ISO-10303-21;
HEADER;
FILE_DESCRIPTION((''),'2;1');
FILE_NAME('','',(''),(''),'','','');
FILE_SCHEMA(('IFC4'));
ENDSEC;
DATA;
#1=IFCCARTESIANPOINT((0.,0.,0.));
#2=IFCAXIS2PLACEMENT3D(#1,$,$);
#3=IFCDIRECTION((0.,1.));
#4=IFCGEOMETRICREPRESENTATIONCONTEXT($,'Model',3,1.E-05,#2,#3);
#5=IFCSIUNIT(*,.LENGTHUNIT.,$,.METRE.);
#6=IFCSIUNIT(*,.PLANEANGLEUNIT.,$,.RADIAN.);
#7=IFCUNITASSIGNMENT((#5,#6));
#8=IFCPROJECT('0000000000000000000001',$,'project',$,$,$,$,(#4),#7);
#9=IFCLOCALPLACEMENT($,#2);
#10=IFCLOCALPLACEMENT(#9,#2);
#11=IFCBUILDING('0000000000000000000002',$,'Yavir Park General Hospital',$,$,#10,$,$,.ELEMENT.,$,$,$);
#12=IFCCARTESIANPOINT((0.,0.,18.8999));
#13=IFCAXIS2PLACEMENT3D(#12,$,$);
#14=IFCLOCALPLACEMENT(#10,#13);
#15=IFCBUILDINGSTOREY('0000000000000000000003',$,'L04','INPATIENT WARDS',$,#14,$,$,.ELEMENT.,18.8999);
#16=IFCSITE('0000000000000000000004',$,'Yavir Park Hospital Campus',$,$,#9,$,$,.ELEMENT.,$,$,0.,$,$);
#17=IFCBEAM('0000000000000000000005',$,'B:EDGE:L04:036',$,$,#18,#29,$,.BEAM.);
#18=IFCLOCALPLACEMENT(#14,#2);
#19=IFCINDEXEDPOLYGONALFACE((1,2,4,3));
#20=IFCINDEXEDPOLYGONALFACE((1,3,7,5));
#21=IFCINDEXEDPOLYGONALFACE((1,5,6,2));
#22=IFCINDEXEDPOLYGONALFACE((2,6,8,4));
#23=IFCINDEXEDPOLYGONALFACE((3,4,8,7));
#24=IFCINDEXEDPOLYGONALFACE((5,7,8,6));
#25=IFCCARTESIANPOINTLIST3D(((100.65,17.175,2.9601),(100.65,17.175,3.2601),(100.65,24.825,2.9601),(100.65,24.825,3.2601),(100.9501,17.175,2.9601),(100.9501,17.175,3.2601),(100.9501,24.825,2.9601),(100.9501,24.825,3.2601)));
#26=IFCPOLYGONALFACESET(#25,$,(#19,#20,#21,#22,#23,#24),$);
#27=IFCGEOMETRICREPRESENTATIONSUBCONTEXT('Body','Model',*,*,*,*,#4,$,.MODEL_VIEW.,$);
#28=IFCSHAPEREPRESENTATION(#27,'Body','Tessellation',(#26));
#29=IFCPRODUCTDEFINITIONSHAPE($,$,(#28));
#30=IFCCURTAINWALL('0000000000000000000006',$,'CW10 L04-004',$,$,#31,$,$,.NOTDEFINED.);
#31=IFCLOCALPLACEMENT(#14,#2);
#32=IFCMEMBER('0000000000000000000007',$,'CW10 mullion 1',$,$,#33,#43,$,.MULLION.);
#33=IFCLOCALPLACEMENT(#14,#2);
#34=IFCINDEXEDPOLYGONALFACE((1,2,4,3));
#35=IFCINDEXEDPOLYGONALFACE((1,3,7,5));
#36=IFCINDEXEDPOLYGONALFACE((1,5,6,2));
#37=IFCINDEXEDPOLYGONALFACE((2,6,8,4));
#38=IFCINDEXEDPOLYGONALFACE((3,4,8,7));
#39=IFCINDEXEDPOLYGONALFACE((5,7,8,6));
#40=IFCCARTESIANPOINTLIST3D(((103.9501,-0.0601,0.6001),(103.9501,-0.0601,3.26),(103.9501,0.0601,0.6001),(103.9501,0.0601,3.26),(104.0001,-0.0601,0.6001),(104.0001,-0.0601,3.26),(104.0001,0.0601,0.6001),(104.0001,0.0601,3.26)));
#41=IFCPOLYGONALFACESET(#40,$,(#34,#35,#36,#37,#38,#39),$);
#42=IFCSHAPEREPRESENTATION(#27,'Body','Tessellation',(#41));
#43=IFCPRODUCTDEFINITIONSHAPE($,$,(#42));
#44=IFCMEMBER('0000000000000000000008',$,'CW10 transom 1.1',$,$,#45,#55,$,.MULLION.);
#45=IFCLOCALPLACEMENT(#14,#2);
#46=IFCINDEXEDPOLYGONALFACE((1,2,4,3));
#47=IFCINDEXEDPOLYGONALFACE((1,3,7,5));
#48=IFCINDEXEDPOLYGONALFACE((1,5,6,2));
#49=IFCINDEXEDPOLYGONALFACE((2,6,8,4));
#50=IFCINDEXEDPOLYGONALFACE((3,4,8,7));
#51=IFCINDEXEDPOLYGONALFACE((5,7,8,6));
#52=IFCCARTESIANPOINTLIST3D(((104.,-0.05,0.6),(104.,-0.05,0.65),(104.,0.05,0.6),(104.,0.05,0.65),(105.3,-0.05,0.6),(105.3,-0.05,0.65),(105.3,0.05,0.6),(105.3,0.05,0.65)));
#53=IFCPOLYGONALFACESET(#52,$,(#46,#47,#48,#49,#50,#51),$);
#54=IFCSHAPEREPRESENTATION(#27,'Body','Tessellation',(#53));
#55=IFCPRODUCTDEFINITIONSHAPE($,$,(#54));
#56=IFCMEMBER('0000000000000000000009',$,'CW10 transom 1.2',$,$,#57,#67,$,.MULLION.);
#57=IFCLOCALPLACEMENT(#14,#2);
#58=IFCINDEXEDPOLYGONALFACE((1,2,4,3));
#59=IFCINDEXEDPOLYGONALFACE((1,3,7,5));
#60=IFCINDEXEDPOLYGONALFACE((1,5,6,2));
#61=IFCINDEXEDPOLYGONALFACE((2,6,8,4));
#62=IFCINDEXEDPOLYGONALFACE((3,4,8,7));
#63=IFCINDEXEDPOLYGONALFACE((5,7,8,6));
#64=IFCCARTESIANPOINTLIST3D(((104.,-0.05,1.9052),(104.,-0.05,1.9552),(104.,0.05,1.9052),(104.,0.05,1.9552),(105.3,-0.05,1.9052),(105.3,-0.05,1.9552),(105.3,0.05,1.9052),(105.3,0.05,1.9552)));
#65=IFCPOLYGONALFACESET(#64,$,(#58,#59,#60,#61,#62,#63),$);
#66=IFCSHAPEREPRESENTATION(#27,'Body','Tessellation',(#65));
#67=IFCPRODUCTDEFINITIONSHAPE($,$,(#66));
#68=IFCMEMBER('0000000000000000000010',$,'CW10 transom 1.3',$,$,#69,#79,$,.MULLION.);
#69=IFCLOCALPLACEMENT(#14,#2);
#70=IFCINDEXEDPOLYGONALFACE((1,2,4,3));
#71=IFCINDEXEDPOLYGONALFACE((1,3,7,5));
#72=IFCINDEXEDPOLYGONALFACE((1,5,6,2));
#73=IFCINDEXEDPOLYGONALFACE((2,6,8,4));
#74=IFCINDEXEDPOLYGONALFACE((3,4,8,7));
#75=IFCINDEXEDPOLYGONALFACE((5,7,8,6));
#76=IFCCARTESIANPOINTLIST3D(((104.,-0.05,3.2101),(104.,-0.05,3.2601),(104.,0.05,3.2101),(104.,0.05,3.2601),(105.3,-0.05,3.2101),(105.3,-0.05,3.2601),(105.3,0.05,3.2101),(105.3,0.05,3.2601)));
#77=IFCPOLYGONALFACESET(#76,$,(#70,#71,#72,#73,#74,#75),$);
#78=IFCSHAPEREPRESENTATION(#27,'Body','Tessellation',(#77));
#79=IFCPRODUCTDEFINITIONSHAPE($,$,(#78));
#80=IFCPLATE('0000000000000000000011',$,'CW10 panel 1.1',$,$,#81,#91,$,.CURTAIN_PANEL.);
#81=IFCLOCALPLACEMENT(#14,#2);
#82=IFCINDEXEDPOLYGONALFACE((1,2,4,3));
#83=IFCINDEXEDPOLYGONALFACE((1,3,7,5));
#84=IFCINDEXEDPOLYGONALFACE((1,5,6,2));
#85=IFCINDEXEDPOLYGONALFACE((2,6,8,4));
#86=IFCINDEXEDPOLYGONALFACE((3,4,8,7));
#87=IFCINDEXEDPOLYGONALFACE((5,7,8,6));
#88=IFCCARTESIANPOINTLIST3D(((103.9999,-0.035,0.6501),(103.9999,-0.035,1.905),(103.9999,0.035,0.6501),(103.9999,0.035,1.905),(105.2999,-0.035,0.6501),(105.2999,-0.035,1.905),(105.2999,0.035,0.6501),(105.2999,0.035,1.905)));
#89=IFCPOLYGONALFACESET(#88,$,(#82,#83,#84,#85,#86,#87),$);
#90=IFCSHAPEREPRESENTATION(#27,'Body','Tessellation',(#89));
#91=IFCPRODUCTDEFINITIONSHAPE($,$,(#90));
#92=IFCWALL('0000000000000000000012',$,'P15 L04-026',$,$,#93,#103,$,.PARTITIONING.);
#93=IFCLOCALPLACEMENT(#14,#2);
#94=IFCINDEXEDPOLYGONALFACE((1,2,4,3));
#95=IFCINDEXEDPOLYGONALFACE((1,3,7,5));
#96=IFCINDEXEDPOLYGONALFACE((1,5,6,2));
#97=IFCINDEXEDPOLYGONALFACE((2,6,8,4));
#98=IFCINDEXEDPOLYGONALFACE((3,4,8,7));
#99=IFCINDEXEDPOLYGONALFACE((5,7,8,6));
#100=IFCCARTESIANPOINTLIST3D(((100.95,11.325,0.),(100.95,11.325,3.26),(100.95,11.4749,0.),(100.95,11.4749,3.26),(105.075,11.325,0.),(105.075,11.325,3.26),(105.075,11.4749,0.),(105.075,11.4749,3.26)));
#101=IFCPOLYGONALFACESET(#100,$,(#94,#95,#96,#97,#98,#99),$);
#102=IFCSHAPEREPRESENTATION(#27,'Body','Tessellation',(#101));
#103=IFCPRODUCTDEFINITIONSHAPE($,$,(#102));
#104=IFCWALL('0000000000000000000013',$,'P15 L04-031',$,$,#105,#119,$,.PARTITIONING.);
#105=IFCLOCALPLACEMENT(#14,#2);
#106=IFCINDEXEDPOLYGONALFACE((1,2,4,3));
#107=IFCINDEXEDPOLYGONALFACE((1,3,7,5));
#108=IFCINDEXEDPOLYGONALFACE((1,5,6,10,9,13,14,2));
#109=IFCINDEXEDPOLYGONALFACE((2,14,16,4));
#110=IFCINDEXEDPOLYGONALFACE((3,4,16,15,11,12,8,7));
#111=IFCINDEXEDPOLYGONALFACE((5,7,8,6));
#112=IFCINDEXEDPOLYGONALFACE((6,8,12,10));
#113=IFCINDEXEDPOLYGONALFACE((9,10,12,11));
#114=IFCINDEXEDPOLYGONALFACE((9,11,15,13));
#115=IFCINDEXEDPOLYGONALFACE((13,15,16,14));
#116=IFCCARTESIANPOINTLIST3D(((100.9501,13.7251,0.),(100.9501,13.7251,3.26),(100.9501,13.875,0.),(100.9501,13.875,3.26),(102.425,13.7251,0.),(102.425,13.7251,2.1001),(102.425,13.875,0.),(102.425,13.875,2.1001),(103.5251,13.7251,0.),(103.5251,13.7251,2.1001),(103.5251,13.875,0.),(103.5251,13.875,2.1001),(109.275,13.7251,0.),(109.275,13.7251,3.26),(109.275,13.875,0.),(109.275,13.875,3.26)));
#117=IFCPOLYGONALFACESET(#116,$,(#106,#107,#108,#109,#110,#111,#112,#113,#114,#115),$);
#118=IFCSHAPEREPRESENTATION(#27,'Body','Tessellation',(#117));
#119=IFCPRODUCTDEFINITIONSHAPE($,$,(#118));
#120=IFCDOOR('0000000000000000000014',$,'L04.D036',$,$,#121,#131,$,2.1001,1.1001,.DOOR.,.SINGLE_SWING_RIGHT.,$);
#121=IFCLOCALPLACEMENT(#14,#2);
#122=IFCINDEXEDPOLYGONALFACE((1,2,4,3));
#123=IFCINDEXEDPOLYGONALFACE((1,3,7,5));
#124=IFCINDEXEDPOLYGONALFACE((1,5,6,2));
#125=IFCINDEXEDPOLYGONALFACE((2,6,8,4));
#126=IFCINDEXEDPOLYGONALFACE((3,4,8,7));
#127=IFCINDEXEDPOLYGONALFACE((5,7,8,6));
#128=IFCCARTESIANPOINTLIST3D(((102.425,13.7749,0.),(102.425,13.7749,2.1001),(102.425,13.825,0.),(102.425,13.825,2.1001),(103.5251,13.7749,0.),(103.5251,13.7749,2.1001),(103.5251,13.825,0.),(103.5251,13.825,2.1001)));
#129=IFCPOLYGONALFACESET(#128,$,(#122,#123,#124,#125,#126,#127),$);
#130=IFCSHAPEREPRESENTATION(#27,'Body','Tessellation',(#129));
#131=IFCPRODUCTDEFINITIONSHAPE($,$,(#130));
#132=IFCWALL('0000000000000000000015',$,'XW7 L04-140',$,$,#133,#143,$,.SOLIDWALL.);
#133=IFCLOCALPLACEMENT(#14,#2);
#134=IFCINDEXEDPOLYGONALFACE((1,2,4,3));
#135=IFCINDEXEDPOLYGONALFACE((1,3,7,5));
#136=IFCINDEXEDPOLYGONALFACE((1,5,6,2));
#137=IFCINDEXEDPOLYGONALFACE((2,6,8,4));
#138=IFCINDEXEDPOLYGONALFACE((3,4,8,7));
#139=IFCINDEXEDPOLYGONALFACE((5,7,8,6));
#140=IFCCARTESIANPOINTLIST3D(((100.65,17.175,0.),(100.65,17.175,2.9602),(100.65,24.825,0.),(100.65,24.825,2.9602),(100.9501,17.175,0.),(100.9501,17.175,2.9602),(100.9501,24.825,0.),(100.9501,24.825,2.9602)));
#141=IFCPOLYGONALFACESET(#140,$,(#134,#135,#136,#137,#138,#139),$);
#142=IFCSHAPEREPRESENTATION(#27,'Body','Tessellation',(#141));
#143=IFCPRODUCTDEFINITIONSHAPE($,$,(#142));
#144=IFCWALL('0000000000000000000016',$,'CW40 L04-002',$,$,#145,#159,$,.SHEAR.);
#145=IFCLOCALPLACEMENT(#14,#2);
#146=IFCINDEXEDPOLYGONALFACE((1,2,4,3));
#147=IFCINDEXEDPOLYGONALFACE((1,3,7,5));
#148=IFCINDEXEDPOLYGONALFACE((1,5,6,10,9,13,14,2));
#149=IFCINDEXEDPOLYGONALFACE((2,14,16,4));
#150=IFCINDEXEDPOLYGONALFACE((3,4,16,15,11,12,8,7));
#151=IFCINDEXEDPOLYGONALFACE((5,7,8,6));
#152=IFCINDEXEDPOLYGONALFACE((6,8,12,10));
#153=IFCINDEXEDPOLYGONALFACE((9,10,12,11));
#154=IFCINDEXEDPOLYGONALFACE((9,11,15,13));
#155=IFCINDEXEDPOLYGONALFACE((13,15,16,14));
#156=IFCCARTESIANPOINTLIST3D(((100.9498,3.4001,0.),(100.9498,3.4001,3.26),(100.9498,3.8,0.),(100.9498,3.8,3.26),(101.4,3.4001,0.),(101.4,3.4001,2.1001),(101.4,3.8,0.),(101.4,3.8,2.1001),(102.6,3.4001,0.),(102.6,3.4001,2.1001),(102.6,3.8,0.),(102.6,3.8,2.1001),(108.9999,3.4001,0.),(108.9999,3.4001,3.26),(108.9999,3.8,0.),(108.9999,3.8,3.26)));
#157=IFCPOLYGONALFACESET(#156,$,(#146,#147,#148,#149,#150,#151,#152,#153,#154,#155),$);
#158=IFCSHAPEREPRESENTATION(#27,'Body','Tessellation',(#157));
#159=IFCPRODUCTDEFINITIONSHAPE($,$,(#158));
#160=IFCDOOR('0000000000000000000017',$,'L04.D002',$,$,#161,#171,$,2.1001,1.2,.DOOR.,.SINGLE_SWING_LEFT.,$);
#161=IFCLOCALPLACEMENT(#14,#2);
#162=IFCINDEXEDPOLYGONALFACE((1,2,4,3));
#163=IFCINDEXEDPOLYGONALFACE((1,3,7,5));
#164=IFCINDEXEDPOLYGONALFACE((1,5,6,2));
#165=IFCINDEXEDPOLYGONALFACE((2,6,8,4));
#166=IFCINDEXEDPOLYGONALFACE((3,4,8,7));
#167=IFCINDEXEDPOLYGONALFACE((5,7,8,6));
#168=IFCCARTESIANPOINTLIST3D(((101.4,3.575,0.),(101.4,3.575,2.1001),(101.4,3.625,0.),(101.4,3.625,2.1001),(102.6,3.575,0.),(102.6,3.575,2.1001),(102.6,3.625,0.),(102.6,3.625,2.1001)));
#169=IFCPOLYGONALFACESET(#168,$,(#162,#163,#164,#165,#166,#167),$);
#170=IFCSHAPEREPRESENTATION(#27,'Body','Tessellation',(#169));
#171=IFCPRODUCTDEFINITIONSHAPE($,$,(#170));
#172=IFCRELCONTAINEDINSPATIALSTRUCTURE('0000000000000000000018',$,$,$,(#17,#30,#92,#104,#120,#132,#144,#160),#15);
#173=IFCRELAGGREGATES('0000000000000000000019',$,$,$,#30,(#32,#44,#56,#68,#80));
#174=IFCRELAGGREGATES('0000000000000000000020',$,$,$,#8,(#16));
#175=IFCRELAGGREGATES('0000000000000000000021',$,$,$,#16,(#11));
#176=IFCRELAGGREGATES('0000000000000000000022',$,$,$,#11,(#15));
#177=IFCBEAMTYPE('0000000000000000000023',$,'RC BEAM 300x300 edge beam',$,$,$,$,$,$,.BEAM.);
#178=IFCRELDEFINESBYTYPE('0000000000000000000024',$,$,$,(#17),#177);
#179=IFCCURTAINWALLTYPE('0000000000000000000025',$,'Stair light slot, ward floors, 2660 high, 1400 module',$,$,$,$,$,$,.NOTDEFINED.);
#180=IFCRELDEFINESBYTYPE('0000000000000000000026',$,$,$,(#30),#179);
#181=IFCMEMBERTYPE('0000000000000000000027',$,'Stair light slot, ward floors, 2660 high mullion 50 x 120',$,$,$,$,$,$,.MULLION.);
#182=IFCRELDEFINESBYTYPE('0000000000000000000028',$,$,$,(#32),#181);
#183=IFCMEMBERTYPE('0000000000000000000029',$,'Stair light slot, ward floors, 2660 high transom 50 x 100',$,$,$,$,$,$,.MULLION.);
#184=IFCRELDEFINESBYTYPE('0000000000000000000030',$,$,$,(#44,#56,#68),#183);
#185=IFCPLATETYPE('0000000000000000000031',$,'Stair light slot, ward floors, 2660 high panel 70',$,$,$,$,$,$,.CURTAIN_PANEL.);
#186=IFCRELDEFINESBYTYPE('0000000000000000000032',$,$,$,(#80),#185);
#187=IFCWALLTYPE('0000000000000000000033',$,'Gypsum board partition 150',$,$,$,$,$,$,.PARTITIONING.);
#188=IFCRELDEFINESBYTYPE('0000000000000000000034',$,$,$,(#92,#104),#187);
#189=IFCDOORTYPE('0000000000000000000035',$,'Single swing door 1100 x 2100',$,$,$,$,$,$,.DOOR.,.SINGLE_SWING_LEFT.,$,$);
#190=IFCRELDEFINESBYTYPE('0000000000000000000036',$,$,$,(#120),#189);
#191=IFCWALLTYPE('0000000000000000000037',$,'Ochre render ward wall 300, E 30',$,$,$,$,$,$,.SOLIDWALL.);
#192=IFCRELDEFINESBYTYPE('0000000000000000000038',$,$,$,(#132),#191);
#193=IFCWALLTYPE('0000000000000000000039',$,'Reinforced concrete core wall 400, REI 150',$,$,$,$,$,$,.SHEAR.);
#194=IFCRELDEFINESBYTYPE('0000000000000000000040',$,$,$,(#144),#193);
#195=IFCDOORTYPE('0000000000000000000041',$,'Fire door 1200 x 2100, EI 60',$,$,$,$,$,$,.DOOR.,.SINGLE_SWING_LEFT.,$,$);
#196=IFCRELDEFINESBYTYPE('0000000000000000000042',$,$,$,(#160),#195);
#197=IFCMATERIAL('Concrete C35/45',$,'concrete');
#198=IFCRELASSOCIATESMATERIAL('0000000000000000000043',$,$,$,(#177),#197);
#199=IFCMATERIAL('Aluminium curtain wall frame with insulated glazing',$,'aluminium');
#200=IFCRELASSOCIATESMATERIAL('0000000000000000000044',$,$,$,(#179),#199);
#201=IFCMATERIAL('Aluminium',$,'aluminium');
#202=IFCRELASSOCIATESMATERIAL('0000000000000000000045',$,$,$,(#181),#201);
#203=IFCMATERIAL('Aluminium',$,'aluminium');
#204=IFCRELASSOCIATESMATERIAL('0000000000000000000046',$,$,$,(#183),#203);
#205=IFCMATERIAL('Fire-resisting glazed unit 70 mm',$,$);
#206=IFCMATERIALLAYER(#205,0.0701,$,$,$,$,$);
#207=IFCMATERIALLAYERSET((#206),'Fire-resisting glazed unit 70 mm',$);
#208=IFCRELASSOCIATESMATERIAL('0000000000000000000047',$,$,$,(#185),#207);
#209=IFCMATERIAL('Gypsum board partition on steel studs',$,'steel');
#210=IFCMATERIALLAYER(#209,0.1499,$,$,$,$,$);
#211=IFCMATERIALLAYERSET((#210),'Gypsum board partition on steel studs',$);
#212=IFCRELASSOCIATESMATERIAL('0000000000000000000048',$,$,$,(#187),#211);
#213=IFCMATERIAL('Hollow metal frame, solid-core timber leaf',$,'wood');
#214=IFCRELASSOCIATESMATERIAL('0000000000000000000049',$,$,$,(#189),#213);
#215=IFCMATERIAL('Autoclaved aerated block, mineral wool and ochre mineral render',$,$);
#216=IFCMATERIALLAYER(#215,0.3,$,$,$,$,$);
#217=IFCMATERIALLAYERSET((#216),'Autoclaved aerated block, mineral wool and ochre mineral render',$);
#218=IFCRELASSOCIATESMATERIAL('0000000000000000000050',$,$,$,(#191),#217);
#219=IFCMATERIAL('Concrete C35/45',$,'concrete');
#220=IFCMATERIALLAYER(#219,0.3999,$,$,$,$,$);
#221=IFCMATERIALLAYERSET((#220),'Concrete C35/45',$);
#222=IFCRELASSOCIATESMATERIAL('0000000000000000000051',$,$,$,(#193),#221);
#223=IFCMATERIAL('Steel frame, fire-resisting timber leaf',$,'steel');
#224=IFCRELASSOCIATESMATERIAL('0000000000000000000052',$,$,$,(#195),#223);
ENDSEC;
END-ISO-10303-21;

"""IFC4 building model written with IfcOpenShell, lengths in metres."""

from ifc_helpers import new_model, si_unit, direction, frame, frame_2d, origin, origin_2d, place, context, subcontext, project, spatial, rectangle, extrude, material, layer, layer_set, material_profile, profile_set, type_object, element, fill, aggregate, save


model = new_model("IFC4")

# Units and contexts
model_context = context("Model", 3, precision=1e-05, world=origin(), true_north=direction((0.0, 1.0)))
body_context = subcontext(model_context, "Body", "Model", "MODEL_VIEW")
ifc_project = project(units=[si_unit("LENGTHUNIT", "METRE"), si_unit("PLANEANGLEUNIT", "RADIAN")], contexts=[model_context])

# Site, building, storey
site_placement = place(None, origin())
site = spatial("IfcSite", under=ifc_project, at=site_placement, Name="Yavir Park Hospital Campus", CompositionType="ELEMENT", RefElevation=0.0)
building_placement = place(site_placement, origin())
building = spatial("IfcBuilding", under=site, at=building_placement, Name="Yavir Park General Hospital", CompositionType="ELEMENT")
storey_placement = place(building_placement, frame((0.0, 0.0, 18.8999)))
storey = spatial("IfcBuildingStorey", under=building, at=storey_placement, Name="L04", Description="INPATIENT WARDS", CompositionType="ELEMENT", Elevation=18.8999)

# Beam
ifc_material_1 = material(Name="Concrete C35/45", Category="concrete")
ifc_material_profile_1 = material_profile(ifc_material_1, rectangle(XDim=0.3, YDim=0.3, at=origin_2d()), Name="RC300x300")
ifc_profile_set_1 = profile_set([ifc_material_profile_1], Name="Concrete C35/45")
beam_type = type_object("IfcBeamType", Name="RC BEAM 300x300 edge beam", PredefinedType="BEAM", material=ifc_profile_set_1)
beam_placement = place(storey_placement, frame((100.8, 17.175, 3.1101), z_axis=(0.0, 1.0, 0.0), x_axis=(-1.0, 0.0, 0.0)))
element("IfcBeam", 1, at=beam_placement, inside=storey, type_object=beam_type, Name="B:EDGE:L04:036", PredefinedType="BEAM", context=body_context, shape_type="SweptSolid", body=[
    extrude(rectangle(XDim=0.3, YDim=0.3, at=origin_2d()), origin(), (0.0, 0.0, 1.0), 7.6499),
])

# Curtain wall, members, plate
ifc_material_2 = material(Name="Aluminium curtain wall frame with insulated glazing", Category="aluminium")
curtain_wall_type = type_object("IfcCurtainWallType", Name="Stair light slot, ward floors, 2660 high, 1400 module", PredefinedType="NOTDEFINED", material=ifc_material_2)
curtain_wall_placement = place(storey_placement, origin())
curtain_wall = element("IfcCurtainWall", 2, at=curtain_wall_placement, inside=storey, type_object=curtain_wall_type, Name="CW10 L04-004", PredefinedType="NOTDEFINED")
ifc_material_3 = material(Name="Aluminium", Category="aluminium")
ifc_material_profile_2 = material_profile(ifc_material_3, rectangle(XDim=0.1201, YDim=0.05, at=origin_2d()), Name="AL 50x120")
ifc_profile_set_2 = profile_set([ifc_material_profile_2], Name="Aluminium")
member_type_1 = type_object("IfcMemberType", Name="Stair light slot, ward floors, 2660 high mullion 50 x 120", PredefinedType="MULLION", material=ifc_profile_set_2)
member_1_placement = place(storey_placement, frame((103.9751, 0.0, 0.6001), z_axis=(0.0, 0.0, 1.0), x_axis=(0.0, 1.0, 0.0)))
member_1 = element("IfcMember", 3, at=member_1_placement, type_object=member_type_1, Name="CW10 mullion 1", PredefinedType="MULLION", context=body_context, shape_type="SweptSolid", body=[
    extrude(rectangle(XDim=0.1201, YDim=0.05, at=origin_2d()), origin(), (0.0, 0.0, 1.0), 2.6599),
])
ifc_material_4 = material(Name="Aluminium", Category="aluminium")
ifc_material_profile_3 = material_profile(ifc_material_4, rectangle(XDim=0.1001, YDim=0.05, at=origin_2d()), Name="AL 100x50")
ifc_profile_set_3 = profile_set([ifc_material_profile_3], Name="Aluminium")
member_type_2 = type_object("IfcMemberType", Name="Stair light slot, ward floors, 2660 high transom 50 x 100", PredefinedType="MULLION", material=ifc_profile_set_3)
member_2_placement = place(storey_placement, frame((104.0, 0.0, 0.625), z_axis=(1.0, 0.0, 0.0), x_axis=(0.0, 1.0, 0.0)))
member_2 = element("IfcMember", 4, at=member_2_placement, type_object=member_type_2, Name="CW10 transom 1.1", PredefinedType="MULLION", context=body_context, shape_type="SweptSolid", body=[
    extrude(rectangle(XDim=0.1001, YDim=0.05, at=origin_2d()), origin(), (0.0, 0.0, 1.0), 1.3),
])
member_3_placement = place(storey_placement, frame((104.0, 0.0, 1.9302), z_axis=(1.0, 0.0, 0.0), x_axis=(0.0, 1.0, 0.0)))
member_3 = element("IfcMember", 5, at=member_3_placement, type_object=member_type_2, Name="CW10 transom 1.2", PredefinedType="MULLION", context=body_context, shape_type="SweptSolid", body=[
    extrude(rectangle(XDim=0.1001, YDim=0.05, at=origin_2d()), origin(), (0.0, 0.0, 1.0), 1.3),
])
member_4_placement = place(storey_placement, frame((104.0, 0.0, 3.2351), z_axis=(1.0, 0.0, 0.0), x_axis=(0.0, 1.0, 0.0)))
member_4 = element("IfcMember", 6, at=member_4_placement, type_object=member_type_2, Name="CW10 transom 1.3", PredefinedType="MULLION", context=body_context, shape_type="SweptSolid", body=[
    extrude(rectangle(XDim=0.1001, YDim=0.05, at=origin_2d()), origin(), (0.0, 0.0, 1.0), 1.3),
])
ifc_material_5 = material(Name="Fire-resisting glazed unit 70 mm")
ifc_layer_1 = layer(ifc_material_5, 0.0701)
ifc_layer_set_1 = layer_set([ifc_layer_1], Name="Fire-resisting glazed unit 70 mm")
plate_type = type_object("IfcPlateType", Name="Stair light slot, ward floors, 2660 high panel 70", PredefinedType="CURTAIN_PANEL", material=ifc_layer_set_1)
plate_placement = place(storey_placement, frame((104.6499, 0.0, 0.6501), z_axis=(0.0, 0.0, 1.0), x_axis=(1.0, 0.0, 0.0)))
plate = element("IfcPlate", 7, at=plate_placement, type_object=plate_type, Name="CW10 panel 1.1", PredefinedType="CURTAIN_PANEL", context=body_context, shape_type="SweptSolid", body=[
    extrude(rectangle(XDim=1.3, YDim=0.0701, at=origin_2d()), origin(), (0.0, 0.0, 1.0), 1.2549),
])
aggregate(curtain_wall, [member_1, member_2, member_3, member_4, plate])

# Wall
ifc_material_6 = material(Name="Gypsum board partition on steel studs", Category="steel")
ifc_layer_2 = layer(ifc_material_6, 0.1499)
ifc_layer_set_2 = layer_set([ifc_layer_2], Name="Gypsum board partition on steel studs")
wall_type_1 = type_object("IfcWallType", Name="Gypsum board partition 150", PredefinedType="PARTITIONING", material=ifc_layer_set_2)
wall_1_placement = place(storey_placement, frame((100.95, 11.3999, 0.0), z_axis=(0.0, 0.0, 1.0), x_axis=(1.0, 0.0, 0.0)))
element("IfcWall", 8, at=wall_1_placement, inside=storey, type_object=wall_type_1, Name="P15 L04-026", PredefinedType="PARTITIONING", context=body_context, shape_type="SweptSolid", body=[
    extrude(rectangle(XDim=4.125, YDim=0.1499, at=frame_2d((2.0625, 0.0))), origin(), (0.0, 0.0, 1.0), 3.26),
])

# Wall, opening, door
wall_2_placement = place(storey_placement, frame((100.95, 13.8, 0.0), z_axis=(0.0, 0.0, 1.0), x_axis=(1.0, 0.0, 0.0)))
wall_2 = element("IfcWall", 9, at=wall_2_placement, inside=storey, type_object=wall_type_1, Name="P15 L04-031", PredefinedType="PARTITIONING", context=body_context, shape_type="SweptSolid", body=[
    extrude(rectangle(XDim=8.325, YDim=0.1499, at=frame_2d((4.1626, 0.0))), origin(), (0.0, 0.0, 1.0), 3.26),
])
opening_1_placement = place(wall_2_placement, frame((1.4751, 0.0, 0.0)))
opening_1 = element("IfcOpeningElement", 10, at=opening_1_placement, cuts=wall_2, PredefinedType="OPENING", context=body_context, shape_type="SweptSolid", body=[
    extrude(rectangle(XDim=1.1001, YDim=2.1001, at=frame_2d((0.55, 1.05))), frame((0.0, 0.085, 0.0), z_axis=(0.0, -1.0, 0.0), x_axis=(1.0, 0.0, 0.0)), (0.0, 0.0, 1.0), 0.1699),
])
ifc_material_7 = material(Name="Hollow metal frame, solid-core timber leaf", Category="wood")
door_type_1 = type_object("IfcDoorType", Name="Single swing door 1100 x 2100", OperationType="SINGLE_SWING_LEFT", PredefinedType="DOOR", material=ifc_material_7)
door_1_placement = place(opening_1_placement, origin())
door_1 = element("IfcDoor", 11, at=door_1_placement, inside=storey, type_object=door_type_1, Name="L04.D036", OperationType="SINGLE_SWING_RIGHT", OverallHeight=2.1001, OverallWidth=1.1001, PredefinedType="DOOR", context=body_context, shape_type="SweptSolid", body=[
    extrude(rectangle(XDim=1.1001, YDim=2.1001, at=frame_2d((0.55, 1.05))), frame((0.0, 0.0249, 0.0), z_axis=(0.0, -1.0, 0.0), x_axis=(1.0, 0.0, 0.0)), (0.0, 0.0, 1.0), 0.05),
])
fill(opening_1, door_1)

# Wall
ifc_material_8 = material(Name="Autoclaved aerated block, mineral wool and ochre mineral render")
ifc_layer_3 = layer(ifc_material_8, 0.3)
ifc_layer_set_3 = layer_set([ifc_layer_3], Name="Autoclaved aerated block, mineral wool and ochre mineral render")
wall_type_2 = type_object("IfcWallType", Name="Ochre render ward wall 300, E 30", PredefinedType="SOLIDWALL", material=ifc_layer_set_3)
wall_3_placement = place(storey_placement, frame((100.8, 17.175, 0.0), z_axis=(0.0, 0.0, 1.0), x_axis=(0.0, 1.0, 0.0)))
element("IfcWall", 12, at=wall_3_placement, inside=storey, type_object=wall_type_2, Name="XW7 L04-140", PredefinedType="SOLIDWALL", context=body_context, shape_type="SweptSolid", body=[
    extrude(rectangle(XDim=7.6499, YDim=0.3, at=frame_2d((3.825, 0.0))), origin(), (0.0, 0.0, 1.0), 2.9602),
])

# Wall, opening, door
ifc_material_9 = material(Name="Concrete C35/45", Category="concrete")
ifc_layer_4 = layer(ifc_material_9, 0.3999)
ifc_layer_set_4 = layer_set([ifc_layer_4], Name="Concrete C35/45")
wall_type_3 = type_object("IfcWallType", Name="Reinforced concrete core wall 400, REI 150", PredefinedType="SHEAR", material=ifc_layer_set_4)
wall_4_placement = place(storey_placement, frame((100.95, 3.6001, 0.0), z_axis=(0.0, 0.0, 1.0), x_axis=(1.0, 0.0, 0.0)))
wall_4 = element("IfcWall", 13, at=wall_4_placement, inside=storey, type_object=wall_type_3, Name="CW40 L04-002", PredefinedType="SHEAR", context=body_context, shape_type="SweptSolid", body=[
    extrude(rectangle(XDim=8.05, YDim=0.3999, at=frame_2d((4.0249, 0.0))), origin(), (0.0, 0.0, 1.0), 3.26),
])
opening_2_placement = place(wall_4_placement, frame((0.45, 0.0, 0.0)))
opening_2 = element("IfcOpeningElement", 14, at=opening_2_placement, cuts=wall_4, PredefinedType="OPENING", context=body_context, shape_type="SweptSolid", body=[
    extrude(rectangle(XDim=1.2, YDim=2.1001, at=frame_2d((0.6001, 1.05))), frame((0.0, 0.21, 0.0), z_axis=(0.0, -1.0, 0.0), x_axis=(1.0, 0.0, 0.0)), (0.0, 0.0, 1.0), 0.4199),
])
ifc_material_10 = material(Name="Steel frame, fire-resisting timber leaf", Category="steel")
door_type_2 = type_object("IfcDoorType", Name="Fire door 1200 x 2100, EI 60", OperationType="SINGLE_SWING_LEFT", PredefinedType="DOOR", material=ifc_material_10)
door_2_placement = place(opening_2_placement, origin())
door_2 = element("IfcDoor", 15, at=door_2_placement, inside=storey, type_object=door_type_2, Name="L04.D002", OperationType="SINGLE_SWING_LEFT", OverallHeight=2.1001, OverallWidth=1.2, PredefinedType="DOOR", context=body_context, shape_type="SweptSolid", body=[
    extrude(rectangle(XDim=1.2, YDim=2.1001, at=frame_2d((0.6001, 1.05))), frame((0.0, 0.0249, 0.0), z_axis=(0.0, -1.0, 0.0), x_axis=(1.0, 0.0, 0.0)), (0.0, 0.0, 1.0), 0.05),
])
fill(opening_2, door_2)

save(model, "model.ifc")
